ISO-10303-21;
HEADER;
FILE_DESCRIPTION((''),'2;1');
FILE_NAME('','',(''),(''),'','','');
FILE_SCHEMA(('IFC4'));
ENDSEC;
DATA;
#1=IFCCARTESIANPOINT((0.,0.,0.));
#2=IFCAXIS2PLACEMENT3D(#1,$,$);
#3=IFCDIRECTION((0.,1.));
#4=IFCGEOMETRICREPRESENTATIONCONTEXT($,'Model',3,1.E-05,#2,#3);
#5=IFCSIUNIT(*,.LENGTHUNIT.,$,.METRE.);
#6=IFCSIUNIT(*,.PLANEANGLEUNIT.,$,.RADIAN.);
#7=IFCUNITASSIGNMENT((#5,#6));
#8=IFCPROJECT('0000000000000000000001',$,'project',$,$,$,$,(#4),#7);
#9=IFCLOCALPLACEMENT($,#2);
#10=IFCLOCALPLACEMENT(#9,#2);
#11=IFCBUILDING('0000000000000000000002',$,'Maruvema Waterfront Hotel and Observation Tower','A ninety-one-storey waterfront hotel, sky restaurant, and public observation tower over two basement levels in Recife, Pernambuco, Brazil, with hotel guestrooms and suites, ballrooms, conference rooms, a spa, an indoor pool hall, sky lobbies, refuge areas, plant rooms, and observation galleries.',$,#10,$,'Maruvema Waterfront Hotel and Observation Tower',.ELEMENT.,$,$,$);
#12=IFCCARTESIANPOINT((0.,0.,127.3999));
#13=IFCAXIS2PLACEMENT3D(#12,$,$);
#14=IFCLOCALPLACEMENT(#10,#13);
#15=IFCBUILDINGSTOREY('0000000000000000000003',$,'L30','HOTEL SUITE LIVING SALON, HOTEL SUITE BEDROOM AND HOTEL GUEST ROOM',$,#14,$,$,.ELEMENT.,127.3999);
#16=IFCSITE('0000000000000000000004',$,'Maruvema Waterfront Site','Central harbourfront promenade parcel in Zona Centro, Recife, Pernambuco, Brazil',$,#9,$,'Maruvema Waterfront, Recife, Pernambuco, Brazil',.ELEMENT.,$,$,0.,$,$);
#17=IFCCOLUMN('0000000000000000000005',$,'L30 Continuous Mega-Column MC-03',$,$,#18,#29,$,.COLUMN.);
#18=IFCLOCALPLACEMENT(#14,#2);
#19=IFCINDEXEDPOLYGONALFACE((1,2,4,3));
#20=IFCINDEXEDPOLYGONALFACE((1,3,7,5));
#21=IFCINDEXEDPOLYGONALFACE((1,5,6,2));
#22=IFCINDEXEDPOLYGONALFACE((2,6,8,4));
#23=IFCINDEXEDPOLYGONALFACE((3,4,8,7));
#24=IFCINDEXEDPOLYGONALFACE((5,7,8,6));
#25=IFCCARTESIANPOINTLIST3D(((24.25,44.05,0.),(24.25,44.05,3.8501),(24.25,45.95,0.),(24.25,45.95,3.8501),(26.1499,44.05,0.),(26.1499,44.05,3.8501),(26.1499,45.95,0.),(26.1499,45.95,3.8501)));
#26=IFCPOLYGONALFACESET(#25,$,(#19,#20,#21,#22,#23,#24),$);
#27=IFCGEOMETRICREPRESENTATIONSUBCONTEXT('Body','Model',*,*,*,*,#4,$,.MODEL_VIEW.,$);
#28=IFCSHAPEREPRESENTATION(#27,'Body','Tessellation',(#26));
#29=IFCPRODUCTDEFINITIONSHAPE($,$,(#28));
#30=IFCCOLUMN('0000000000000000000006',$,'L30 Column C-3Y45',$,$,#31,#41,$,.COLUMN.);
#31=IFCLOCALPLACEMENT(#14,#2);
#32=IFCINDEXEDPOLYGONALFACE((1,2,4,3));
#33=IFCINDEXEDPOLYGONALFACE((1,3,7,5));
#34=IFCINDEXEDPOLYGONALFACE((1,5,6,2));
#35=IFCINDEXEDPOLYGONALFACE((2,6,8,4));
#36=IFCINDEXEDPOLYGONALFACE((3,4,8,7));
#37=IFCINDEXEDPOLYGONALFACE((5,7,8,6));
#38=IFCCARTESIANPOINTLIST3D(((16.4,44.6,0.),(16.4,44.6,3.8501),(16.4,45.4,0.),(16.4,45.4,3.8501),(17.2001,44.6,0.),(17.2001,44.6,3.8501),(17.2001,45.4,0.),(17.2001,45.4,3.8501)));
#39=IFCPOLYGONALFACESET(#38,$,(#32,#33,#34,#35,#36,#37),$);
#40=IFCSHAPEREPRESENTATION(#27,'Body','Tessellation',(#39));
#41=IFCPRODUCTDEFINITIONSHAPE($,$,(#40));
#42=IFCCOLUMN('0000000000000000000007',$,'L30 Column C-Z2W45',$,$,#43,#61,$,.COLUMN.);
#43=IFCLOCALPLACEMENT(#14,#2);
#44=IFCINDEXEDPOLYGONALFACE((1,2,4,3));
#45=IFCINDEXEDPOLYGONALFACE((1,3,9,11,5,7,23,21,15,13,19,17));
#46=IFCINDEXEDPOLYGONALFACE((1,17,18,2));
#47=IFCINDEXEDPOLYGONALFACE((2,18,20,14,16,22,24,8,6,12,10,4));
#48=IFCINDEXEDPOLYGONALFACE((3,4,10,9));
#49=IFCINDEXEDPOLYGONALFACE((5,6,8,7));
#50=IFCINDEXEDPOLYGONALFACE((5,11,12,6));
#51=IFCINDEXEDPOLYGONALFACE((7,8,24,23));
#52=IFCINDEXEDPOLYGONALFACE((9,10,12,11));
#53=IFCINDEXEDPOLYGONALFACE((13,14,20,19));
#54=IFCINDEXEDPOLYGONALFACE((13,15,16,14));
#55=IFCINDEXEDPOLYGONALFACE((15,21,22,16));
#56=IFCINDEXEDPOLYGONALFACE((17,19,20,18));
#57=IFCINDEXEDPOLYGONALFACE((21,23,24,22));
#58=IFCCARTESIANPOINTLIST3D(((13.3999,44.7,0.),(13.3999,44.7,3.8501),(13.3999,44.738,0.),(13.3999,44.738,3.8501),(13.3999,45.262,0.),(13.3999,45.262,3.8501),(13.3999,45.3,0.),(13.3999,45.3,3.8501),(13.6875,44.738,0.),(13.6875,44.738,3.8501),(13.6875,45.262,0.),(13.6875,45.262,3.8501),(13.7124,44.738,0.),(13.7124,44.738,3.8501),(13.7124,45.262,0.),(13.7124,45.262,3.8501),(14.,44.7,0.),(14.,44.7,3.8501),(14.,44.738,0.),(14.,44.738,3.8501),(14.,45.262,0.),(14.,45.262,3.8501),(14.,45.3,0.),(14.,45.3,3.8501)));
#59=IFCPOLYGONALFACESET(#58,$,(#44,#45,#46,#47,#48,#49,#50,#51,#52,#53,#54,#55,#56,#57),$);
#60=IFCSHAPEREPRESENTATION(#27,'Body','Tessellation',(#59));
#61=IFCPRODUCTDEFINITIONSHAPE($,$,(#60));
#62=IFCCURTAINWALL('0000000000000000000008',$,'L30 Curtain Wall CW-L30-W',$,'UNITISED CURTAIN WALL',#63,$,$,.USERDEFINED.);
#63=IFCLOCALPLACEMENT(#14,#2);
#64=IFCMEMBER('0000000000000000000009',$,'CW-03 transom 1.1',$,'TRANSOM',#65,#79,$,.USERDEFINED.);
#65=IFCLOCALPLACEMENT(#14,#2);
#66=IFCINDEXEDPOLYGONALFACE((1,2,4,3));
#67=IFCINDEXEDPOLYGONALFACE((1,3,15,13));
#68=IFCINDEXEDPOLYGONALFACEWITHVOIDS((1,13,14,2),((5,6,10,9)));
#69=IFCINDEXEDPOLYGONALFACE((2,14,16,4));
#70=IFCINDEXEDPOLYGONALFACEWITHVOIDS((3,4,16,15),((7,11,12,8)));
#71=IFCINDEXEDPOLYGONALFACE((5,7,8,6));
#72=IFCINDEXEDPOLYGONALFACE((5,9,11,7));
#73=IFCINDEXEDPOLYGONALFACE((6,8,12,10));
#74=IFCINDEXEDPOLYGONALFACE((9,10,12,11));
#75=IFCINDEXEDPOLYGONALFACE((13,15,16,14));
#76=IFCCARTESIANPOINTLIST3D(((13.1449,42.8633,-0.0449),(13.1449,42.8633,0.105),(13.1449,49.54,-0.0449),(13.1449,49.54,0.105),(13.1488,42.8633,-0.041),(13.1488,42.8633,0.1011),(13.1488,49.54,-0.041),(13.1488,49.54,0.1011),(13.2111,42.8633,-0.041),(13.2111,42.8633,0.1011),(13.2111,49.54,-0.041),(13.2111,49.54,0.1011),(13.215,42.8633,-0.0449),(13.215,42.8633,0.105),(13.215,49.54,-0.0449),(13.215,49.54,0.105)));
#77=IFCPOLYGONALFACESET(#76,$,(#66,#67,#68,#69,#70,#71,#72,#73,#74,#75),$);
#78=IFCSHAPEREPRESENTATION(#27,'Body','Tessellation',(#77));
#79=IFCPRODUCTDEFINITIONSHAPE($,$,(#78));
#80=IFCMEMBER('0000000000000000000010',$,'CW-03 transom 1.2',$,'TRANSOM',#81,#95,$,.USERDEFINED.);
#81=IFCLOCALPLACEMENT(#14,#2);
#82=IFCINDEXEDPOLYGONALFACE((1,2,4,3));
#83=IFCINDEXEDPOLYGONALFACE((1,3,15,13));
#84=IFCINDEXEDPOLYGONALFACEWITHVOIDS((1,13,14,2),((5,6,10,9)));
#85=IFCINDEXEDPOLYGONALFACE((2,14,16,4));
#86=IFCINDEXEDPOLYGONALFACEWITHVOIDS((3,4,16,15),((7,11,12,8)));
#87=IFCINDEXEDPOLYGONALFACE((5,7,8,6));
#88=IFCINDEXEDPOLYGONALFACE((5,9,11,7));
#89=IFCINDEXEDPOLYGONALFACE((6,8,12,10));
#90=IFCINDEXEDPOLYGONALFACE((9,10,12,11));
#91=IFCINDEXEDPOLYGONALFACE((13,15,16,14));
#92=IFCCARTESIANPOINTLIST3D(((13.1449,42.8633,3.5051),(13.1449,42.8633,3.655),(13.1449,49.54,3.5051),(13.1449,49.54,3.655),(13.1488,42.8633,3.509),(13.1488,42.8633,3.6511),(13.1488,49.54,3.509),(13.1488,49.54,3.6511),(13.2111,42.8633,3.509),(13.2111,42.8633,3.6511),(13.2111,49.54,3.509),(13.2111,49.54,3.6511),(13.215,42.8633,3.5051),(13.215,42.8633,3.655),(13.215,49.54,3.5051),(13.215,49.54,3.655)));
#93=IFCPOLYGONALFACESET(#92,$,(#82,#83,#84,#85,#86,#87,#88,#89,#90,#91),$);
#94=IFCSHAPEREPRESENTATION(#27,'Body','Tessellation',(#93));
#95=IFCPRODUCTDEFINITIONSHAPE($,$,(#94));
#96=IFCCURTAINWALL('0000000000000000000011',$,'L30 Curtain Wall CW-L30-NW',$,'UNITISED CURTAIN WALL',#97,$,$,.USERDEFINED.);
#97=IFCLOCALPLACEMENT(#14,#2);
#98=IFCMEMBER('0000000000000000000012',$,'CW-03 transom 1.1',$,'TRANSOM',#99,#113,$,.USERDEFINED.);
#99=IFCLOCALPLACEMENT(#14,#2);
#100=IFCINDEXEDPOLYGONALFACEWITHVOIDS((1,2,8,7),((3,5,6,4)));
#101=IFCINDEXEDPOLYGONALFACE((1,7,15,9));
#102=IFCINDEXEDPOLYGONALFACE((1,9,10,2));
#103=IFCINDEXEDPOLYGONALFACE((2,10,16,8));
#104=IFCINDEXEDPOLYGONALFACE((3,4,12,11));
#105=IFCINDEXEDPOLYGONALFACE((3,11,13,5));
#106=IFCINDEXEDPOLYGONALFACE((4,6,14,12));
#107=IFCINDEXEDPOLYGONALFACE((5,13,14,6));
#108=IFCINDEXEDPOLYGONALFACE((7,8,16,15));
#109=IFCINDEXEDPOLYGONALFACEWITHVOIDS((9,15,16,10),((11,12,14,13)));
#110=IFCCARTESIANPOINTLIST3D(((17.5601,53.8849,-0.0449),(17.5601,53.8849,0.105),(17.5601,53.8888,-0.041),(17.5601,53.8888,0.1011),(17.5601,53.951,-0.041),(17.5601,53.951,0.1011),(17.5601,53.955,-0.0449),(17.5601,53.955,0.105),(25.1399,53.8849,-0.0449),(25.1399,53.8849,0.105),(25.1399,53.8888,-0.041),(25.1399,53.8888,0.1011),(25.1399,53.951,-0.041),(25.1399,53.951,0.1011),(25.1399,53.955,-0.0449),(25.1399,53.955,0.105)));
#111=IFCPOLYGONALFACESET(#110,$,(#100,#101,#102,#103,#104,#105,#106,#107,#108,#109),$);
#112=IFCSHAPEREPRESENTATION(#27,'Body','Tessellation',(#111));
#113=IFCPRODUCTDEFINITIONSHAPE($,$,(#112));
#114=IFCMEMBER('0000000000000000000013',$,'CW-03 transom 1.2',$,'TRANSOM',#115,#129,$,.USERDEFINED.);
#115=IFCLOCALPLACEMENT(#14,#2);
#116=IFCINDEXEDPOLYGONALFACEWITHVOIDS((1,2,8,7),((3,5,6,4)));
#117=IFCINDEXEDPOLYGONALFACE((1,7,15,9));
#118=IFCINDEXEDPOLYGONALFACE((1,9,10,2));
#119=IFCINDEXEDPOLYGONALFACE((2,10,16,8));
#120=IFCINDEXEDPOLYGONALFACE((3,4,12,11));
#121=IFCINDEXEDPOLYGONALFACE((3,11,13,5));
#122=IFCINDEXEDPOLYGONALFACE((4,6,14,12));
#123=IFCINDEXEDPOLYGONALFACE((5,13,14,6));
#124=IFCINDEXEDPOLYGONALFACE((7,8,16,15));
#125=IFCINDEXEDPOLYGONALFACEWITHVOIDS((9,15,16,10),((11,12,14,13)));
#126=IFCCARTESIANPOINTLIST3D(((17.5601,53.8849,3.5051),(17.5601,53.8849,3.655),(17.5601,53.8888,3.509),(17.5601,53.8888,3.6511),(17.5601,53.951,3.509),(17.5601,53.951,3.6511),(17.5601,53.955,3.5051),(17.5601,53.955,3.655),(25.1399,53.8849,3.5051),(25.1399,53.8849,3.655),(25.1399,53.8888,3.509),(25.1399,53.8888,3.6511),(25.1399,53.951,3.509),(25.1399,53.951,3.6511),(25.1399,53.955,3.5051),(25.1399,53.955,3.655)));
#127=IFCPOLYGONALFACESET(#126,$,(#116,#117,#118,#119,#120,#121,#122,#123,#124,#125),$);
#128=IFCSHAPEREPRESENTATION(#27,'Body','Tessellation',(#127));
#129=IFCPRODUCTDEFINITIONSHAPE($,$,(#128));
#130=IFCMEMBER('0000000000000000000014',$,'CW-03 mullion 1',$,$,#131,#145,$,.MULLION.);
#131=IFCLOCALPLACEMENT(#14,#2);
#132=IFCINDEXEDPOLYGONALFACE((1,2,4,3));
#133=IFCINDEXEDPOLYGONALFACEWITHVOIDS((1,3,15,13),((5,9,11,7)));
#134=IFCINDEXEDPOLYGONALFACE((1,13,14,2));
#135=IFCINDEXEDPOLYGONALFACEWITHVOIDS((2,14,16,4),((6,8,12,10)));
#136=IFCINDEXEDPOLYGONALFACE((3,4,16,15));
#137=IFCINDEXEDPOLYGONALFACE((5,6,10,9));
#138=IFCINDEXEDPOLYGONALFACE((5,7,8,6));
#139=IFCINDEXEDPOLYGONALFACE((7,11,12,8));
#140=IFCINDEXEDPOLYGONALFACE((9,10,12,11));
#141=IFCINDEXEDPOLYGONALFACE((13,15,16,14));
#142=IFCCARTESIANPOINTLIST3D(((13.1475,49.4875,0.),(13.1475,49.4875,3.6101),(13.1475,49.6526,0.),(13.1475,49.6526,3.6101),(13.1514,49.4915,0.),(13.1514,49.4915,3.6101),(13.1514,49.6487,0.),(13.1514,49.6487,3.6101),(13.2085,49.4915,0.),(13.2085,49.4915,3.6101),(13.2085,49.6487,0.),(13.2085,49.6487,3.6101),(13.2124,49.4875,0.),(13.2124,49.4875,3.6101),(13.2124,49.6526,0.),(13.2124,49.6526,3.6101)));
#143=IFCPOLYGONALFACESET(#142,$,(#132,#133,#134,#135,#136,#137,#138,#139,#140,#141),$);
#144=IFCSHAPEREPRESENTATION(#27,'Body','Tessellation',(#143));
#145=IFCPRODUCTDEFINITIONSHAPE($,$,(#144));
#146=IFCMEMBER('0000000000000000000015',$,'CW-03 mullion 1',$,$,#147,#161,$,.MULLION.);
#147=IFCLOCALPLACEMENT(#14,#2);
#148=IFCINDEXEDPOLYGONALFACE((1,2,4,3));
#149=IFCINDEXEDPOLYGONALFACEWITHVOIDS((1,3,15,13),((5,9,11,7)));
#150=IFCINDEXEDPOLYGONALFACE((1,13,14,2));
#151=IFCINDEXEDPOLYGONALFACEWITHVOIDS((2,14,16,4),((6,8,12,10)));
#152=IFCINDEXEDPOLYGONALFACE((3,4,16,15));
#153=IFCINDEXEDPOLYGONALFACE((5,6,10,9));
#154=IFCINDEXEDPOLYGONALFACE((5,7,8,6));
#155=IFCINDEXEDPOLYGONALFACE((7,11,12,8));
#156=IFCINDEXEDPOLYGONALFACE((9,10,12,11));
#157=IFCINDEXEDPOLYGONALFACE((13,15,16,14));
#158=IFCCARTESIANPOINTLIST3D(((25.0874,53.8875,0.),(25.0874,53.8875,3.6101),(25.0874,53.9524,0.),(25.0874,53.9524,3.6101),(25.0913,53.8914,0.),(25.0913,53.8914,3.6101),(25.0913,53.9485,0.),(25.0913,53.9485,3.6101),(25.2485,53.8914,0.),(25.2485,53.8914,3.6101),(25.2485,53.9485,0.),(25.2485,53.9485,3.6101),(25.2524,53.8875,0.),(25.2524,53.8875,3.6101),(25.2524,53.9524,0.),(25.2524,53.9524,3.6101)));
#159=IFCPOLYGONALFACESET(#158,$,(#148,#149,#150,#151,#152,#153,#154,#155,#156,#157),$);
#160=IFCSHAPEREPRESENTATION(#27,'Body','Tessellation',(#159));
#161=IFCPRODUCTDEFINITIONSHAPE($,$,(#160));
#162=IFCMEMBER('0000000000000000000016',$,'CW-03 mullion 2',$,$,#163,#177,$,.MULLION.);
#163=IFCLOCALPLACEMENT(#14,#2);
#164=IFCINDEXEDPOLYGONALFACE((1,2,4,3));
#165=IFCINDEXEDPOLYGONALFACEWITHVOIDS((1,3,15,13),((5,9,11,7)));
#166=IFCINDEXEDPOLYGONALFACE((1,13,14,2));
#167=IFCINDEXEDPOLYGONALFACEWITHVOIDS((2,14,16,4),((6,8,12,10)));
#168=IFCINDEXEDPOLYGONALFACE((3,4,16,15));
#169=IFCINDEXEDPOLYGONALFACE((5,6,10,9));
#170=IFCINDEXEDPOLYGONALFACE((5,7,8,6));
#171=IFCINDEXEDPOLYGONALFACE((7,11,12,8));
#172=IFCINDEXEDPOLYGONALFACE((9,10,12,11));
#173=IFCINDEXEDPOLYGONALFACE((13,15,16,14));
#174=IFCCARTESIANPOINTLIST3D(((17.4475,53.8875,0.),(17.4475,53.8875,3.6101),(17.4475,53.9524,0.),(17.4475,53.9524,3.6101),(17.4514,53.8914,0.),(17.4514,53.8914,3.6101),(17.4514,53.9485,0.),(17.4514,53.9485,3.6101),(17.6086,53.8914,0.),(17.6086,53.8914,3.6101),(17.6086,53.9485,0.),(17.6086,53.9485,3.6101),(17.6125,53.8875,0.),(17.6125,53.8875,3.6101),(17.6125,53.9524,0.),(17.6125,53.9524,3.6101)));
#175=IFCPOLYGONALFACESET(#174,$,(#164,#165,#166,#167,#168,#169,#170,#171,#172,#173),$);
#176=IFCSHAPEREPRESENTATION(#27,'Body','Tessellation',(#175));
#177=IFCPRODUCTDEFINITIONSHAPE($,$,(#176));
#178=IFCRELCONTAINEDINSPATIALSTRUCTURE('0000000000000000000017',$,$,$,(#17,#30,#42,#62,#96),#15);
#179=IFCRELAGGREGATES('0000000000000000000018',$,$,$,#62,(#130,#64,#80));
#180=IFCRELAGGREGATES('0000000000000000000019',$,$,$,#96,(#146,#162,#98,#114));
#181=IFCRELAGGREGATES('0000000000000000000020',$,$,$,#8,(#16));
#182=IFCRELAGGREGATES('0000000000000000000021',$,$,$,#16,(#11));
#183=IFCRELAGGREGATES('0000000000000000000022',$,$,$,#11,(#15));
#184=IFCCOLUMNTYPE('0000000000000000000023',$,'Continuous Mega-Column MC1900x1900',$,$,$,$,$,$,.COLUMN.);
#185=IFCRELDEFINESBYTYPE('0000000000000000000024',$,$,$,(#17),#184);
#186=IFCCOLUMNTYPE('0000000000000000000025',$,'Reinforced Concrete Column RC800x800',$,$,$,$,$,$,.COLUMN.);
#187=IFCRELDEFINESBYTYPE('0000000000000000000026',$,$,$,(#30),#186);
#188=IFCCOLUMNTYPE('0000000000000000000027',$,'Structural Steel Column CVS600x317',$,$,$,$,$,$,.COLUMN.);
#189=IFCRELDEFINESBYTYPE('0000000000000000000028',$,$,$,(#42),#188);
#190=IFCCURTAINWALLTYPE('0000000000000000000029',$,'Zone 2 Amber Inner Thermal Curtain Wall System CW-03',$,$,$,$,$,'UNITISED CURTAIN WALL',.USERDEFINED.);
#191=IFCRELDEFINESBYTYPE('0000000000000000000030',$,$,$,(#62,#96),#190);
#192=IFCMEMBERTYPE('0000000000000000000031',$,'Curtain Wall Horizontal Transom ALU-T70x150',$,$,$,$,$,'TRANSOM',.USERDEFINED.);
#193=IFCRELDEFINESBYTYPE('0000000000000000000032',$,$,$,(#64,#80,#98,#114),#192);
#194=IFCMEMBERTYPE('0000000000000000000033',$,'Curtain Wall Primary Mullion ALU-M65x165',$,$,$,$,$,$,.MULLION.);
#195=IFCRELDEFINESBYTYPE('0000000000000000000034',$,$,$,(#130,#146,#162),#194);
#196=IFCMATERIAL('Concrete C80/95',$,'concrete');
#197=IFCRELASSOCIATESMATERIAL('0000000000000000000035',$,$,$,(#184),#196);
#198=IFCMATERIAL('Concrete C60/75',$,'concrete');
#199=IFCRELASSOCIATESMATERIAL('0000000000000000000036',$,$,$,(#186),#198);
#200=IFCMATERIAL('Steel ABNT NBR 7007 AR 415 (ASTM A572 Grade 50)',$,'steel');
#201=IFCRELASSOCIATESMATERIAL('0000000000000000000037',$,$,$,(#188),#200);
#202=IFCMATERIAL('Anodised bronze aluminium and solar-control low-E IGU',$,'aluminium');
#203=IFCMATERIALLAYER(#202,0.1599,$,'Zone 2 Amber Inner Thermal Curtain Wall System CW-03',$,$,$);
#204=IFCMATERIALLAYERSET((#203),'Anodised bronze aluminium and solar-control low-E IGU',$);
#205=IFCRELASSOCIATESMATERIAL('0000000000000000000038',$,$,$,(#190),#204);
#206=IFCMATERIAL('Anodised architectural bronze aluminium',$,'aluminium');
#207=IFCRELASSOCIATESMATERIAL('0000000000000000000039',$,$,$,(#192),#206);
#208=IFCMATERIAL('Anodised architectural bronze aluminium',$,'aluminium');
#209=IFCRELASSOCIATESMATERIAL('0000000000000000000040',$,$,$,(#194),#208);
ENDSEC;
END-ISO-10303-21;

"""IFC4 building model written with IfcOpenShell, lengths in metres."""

from ifc_helpers import new_model, si_unit, direction, frame, origin, origin_2d, place, context, subcontext, project, spatial, rectangle, hollow_rectangle, i_section, extrude, material, layer, layer_set, material_profile, profile_set, type_object, element, aggregate, save


model = new_model("IFC4")

# Units and contexts
model_context = context("Model", 3, precision=1e-05, world=origin(), true_north=direction((0.0, 1.0)))
body_context = subcontext(model_context, "Body", "Model", "MODEL_VIEW")
ifc_project = project(units=[si_unit("LENGTHUNIT", "METRE"), si_unit("PLANEANGLEUNIT", "RADIAN")], contexts=[model_context])

# Site, building, storey
site_placement = place(None, origin())
site = spatial("IfcSite", under=ifc_project, at=site_placement, Name="Maruvema Waterfront Site", Description="Central harbourfront promenade parcel in Zona Centro, Recife, Pernambuco, Brazil", LongName="Maruvema Waterfront, Recife, Pernambuco, Brazil", CompositionType="ELEMENT", RefElevation=0.0)
building_placement = place(site_placement, origin())
building = spatial("IfcBuilding", under=site, at=building_placement, Name="Maruvema Waterfront Hotel and Observation Tower", Description="A ninety-one-storey waterfront hotel, sky restaurant, and public observation tower over two basement levels in Recife, Pernambuco, Brazil, with hotel guestrooms and suites, ballrooms, conference rooms, a spa, an indoor pool hall, sky lobbies, refuge areas, plant rooms, and observation galleries.", LongName="Maruvema Waterfront Hotel and Observation Tower", CompositionType="ELEMENT")
storey_placement = place(building_placement, frame((0.0, 0.0, 127.3999)))
storey = spatial("IfcBuildingStorey", under=building, at=storey_placement, Name="L30", Description="HOTEL SUITE LIVING SALON, HOTEL SUITE BEDROOM AND HOTEL GUEST ROOM", CompositionType="ELEMENT", Elevation=127.3999)

# Columns
ifc_material_1 = material(Name="Concrete C80/95", Category="concrete")
ifc_material_profile_1 = material_profile(ifc_material_1, rectangle(XDim=1.8999, YDim=1.8999, at=origin_2d()), Name="MC1900x1900")
ifc_profile_set_1 = profile_set([ifc_material_profile_1], Name="Concrete C80/95")
column_type_1 = type_object("IfcColumnType", Name="Continuous Mega-Column MC1900x1900", PredefinedType="COLUMN", material=ifc_profile_set_1)
column_1_placement = place(storey_placement, frame((25.2, 45.0, 0.0), z_axis=(0.0, 0.0, 1.0), x_axis=(1.0, 0.0, 0.0)))
element("IfcColumn", 1, at=column_1_placement, inside=storey, type_object=column_type_1, Name="L30 Continuous Mega-Column MC-03", PredefinedType="COLUMN", context=body_context, shape_type="SweptSolid", body=[
    extrude(rectangle(XDim=1.8999, YDim=1.8999, at=origin_2d()), origin(), (0.0, 0.0, 1.0), 3.8501),
])
ifc_material_2 = material(Name="Concrete C60/75", Category="concrete")
ifc_material_profile_2 = material_profile(ifc_material_2, rectangle(XDim=0.8, YDim=0.8, at=origin_2d()), Name="RC800x800")
ifc_profile_set_2 = profile_set([ifc_material_profile_2], Name="Concrete C60/75")
column_type_2 = type_object("IfcColumnType", Name="Reinforced Concrete Column RC800x800", PredefinedType="COLUMN", material=ifc_profile_set_2)
column_2_placement = place(storey_placement, frame((16.8, 45.0, 0.0), z_axis=(0.0, 0.0, 1.0), x_axis=(1.0, 0.0, 0.0)))
element("IfcColumn", 2, at=column_2_placement, inside=storey, type_object=column_type_2, Name="L30 Column C-3Y45", PredefinedType="COLUMN", context=body_context, shape_type="SweptSolid", body=[
    extrude(rectangle(XDim=0.8, YDim=0.8, at=origin_2d()), origin(), (0.0, 0.0, 1.0), 3.8501),
])
ifc_material_3 = material(Name="Steel ABNT NBR 7007 AR 415 (ASTM A572 Grade 50)", Category="steel")
ifc_material_profile_3 = material_profile(ifc_material_3, i_section(OverallWidth=0.6001, OverallDepth=0.6001, WebThickness=0.0249, FlangeThickness=0.0381, at=origin_2d()), Name="CVS600x317")
ifc_profile_set_3 = profile_set([ifc_material_profile_3], Name="Steel ABNT NBR 7007 AR 415 (ASTM A572 Grade 50)")
column_type_3 = type_object("IfcColumnType", Name="Structural Steel Column CVS600x317", PredefinedType="COLUMN", material=ifc_profile_set_3)
column_3_placement = place(storey_placement, frame((13.7, 45.0, 0.0), z_axis=(0.0, 0.0, 1.0), x_axis=(1.0, 0.0, 0.0)))
element("IfcColumn", 3, at=column_3_placement, inside=storey, type_object=column_type_3, Name="L30 Column C-Z2W45", PredefinedType="COLUMN", context=body_context, shape_type="SweptSolid", body=[
    extrude(i_section(OverallWidth=0.6001, OverallDepth=0.6001, WebThickness=0.0249, FlangeThickness=0.0381, at=origin_2d()), origin(), (0.0, 0.0, 1.0), 3.8501),
])

# Curtain walls, members
ifc_material_4 = material(Name="Anodised bronze aluminium and solar-control low-E IGU", Category="aluminium")
ifc_layer_1 = layer(ifc_material_4, 0.1599, Name="Zone 2 Amber Inner Thermal Curtain Wall System CW-03")
ifc_layer_set_1 = layer_set([ifc_layer_1], Name="Anodised bronze aluminium and solar-control low-E IGU")
curtain_wall_type = type_object("IfcCurtainWallType", Name="Zone 2 Amber Inner Thermal Curtain Wall System CW-03", ElementType="UNITISED CURTAIN WALL", PredefinedType="USERDEFINED", material=ifc_layer_set_1)
curtain_wall_1_placement = place(storey_placement, origin())
curtain_wall_1 = element("IfcCurtainWall", 4, at=curtain_wall_1_placement, inside=storey, type_object=curtain_wall_type, Name="L30 Curtain Wall CW-L30-W", ObjectType="UNITISED CURTAIN WALL", PredefinedType="USERDEFINED")
ifc_material_5 = material(Name="Anodised architectural bronze aluminium", Category="aluminium")
ifc_material_profile_4 = material_profile(ifc_material_5, hollow_rectangle(XDim=0.0701, YDim=0.1499, WallThickness=0.0039, at=origin_2d()), Name="ALU-T70x150")
ifc_profile_set_4 = profile_set([ifc_material_profile_4], Name="Anodised architectural bronze aluminium")
member_type_1 = type_object("IfcMemberType", Name="Curtain Wall Horizontal Transom ALU-T70x150", ElementType="TRANSOM", PredefinedType="USERDEFINED", material=ifc_profile_set_4)
member_1_placement = place(storey_placement, frame((13.1799, 49.54, 0.03), z_axis=(0.0, -1.0, 0.0), x_axis=(1.0, 0.0, 0.0)))
member_1 = element("IfcMember", 5, at=member_1_placement, type_object=member_type_1, Name="CW-03 transom 1.1", ObjectType="TRANSOM", PredefinedType="USERDEFINED", context=body_context, shape_type="SweptSolid", body=[
    extrude(hollow_rectangle(XDim=0.0701, YDim=0.1499, WallThickness=0.0039, at=origin_2d()), origin(), (0.0, 0.0, 1.0), 6.6768),
])
member_2_placement = place(storey_placement, frame((13.1799, 49.54, 3.5801), z_axis=(0.0, -1.0, 0.0), x_axis=(1.0, 0.0, 0.0)))
member_2 = element("IfcMember", 6, at=member_2_placement, type_object=member_type_1, Name="CW-03 transom 1.2", ObjectType="TRANSOM", PredefinedType="USERDEFINED", context=body_context, shape_type="SweptSolid", body=[
    extrude(hollow_rectangle(XDim=0.0701, YDim=0.1499, WallThickness=0.0039, at=origin_2d()), origin(), (0.0, 0.0, 1.0), 6.6768),
])
curtain_wall_2_placement = place(storey_placement, origin())
curtain_wall_2 = element("IfcCurtainWall", 7, at=curtain_wall_2_placement, inside=storey, type_object=curtain_wall_type, Name="L30 Curtain Wall CW-L30-NW", ObjectType="UNITISED CURTAIN WALL", PredefinedType="USERDEFINED")
member_3_placement = place(storey_placement, frame((25.1399, 53.9199, 0.03), z_axis=(-1.0, 0.0, 0.0), x_axis=(0.0, -1.0, 0.0)))
member_3 = element("IfcMember", 8, at=member_3_placement, type_object=member_type_1, Name="CW-03 transom 1.1", ObjectType="TRANSOM", PredefinedType="USERDEFINED", context=body_context, shape_type="SweptSolid", body=[
    extrude(hollow_rectangle(XDim=0.0701, YDim=0.1499, WallThickness=0.0039, at=origin_2d()), origin(), (0.0, 0.0, 1.0), 7.5798),
])
member_4_placement = place(storey_placement, frame((25.1399, 53.9199, 3.5801), z_axis=(-1.0, 0.0, 0.0), x_axis=(0.0, -1.0, 0.0)))
member_4 = element("IfcMember", 9, at=member_4_placement, type_object=member_type_1, Name="CW-03 transom 1.2", ObjectType="TRANSOM", PredefinedType="USERDEFINED", context=body_context, shape_type="SweptSolid", body=[
    extrude(hollow_rectangle(XDim=0.0701, YDim=0.1499, WallThickness=0.0039, at=origin_2d()), origin(), (0.0, 0.0, 1.0), 7.5798),
])

# Members
ifc_material_6 = material(Name="Anodised architectural bronze aluminium", Category="aluminium")
ifc_material_profile_5 = material_profile(ifc_material_6, hollow_rectangle(XDim=0.0649, YDim=0.165, WallThickness=0.0039, at=origin_2d()), Name="ALU-M65x165")
ifc_profile_set_5 = profile_set([ifc_material_profile_5], Name="Anodised architectural bronze aluminium")
member_type_2 = type_object("IfcMemberType", Name="Curtain Wall Primary Mullion ALU-M65x165", PredefinedType="MULLION", material=ifc_profile_set_5)
member_5_placement = place(storey_placement, frame((13.1799, 49.5701, 0.0), z_axis=(0.0, 0.0, 1.0), x_axis=(1.0, 0.0, 0.0)))
member_5 = element("IfcMember", 10, at=member_5_placement, type_object=member_type_2, Name="CW-03 mullion 1", PredefinedType="MULLION", context=body_context, shape_type="SweptSolid", body=[
    extrude(hollow_rectangle(XDim=0.0649, YDim=0.165, WallThickness=0.0039, at=origin_2d()), origin(), (0.0, 0.0, 1.0), 3.6101),
])
member_6_placement = place(storey_placement, frame((25.1699, 53.9199, 0.0), z_axis=(0.0, 0.0, 1.0), x_axis=(0.0, -1.0, 0.0)))
member_6 = element("IfcMember", 11, at=member_6_placement, type_object=member_type_2, Name="CW-03 mullion 1", PredefinedType="MULLION", context=body_context, shape_type="SweptSolid", body=[
    extrude(hollow_rectangle(XDim=0.0649, YDim=0.165, WallThickness=0.0039, at=origin_2d()), origin(), (0.0, 0.0, 1.0), 3.6101),
])
member_7_placement = place(storey_placement, frame((17.53, 53.9199, 0.0), z_axis=(0.0, 0.0, 1.0), x_axis=(0.0, -1.0, 0.0)))
member_7 = element("IfcMember", 12, at=member_7_placement, type_object=member_type_2, Name="CW-03 mullion 2", PredefinedType="MULLION", context=body_context, shape_type="SweptSolid", body=[
    extrude(hollow_rectangle(XDim=0.0649, YDim=0.165, WallThickness=0.0039, at=origin_2d()), origin(), (0.0, 0.0, 1.0), 3.6101),
])

aggregate(curtain_wall_1, [member_5, member_1, member_2])
aggregate(curtain_wall_2, [member_6, member_7, member_3, member_4])

save(model, "model.ifc")
